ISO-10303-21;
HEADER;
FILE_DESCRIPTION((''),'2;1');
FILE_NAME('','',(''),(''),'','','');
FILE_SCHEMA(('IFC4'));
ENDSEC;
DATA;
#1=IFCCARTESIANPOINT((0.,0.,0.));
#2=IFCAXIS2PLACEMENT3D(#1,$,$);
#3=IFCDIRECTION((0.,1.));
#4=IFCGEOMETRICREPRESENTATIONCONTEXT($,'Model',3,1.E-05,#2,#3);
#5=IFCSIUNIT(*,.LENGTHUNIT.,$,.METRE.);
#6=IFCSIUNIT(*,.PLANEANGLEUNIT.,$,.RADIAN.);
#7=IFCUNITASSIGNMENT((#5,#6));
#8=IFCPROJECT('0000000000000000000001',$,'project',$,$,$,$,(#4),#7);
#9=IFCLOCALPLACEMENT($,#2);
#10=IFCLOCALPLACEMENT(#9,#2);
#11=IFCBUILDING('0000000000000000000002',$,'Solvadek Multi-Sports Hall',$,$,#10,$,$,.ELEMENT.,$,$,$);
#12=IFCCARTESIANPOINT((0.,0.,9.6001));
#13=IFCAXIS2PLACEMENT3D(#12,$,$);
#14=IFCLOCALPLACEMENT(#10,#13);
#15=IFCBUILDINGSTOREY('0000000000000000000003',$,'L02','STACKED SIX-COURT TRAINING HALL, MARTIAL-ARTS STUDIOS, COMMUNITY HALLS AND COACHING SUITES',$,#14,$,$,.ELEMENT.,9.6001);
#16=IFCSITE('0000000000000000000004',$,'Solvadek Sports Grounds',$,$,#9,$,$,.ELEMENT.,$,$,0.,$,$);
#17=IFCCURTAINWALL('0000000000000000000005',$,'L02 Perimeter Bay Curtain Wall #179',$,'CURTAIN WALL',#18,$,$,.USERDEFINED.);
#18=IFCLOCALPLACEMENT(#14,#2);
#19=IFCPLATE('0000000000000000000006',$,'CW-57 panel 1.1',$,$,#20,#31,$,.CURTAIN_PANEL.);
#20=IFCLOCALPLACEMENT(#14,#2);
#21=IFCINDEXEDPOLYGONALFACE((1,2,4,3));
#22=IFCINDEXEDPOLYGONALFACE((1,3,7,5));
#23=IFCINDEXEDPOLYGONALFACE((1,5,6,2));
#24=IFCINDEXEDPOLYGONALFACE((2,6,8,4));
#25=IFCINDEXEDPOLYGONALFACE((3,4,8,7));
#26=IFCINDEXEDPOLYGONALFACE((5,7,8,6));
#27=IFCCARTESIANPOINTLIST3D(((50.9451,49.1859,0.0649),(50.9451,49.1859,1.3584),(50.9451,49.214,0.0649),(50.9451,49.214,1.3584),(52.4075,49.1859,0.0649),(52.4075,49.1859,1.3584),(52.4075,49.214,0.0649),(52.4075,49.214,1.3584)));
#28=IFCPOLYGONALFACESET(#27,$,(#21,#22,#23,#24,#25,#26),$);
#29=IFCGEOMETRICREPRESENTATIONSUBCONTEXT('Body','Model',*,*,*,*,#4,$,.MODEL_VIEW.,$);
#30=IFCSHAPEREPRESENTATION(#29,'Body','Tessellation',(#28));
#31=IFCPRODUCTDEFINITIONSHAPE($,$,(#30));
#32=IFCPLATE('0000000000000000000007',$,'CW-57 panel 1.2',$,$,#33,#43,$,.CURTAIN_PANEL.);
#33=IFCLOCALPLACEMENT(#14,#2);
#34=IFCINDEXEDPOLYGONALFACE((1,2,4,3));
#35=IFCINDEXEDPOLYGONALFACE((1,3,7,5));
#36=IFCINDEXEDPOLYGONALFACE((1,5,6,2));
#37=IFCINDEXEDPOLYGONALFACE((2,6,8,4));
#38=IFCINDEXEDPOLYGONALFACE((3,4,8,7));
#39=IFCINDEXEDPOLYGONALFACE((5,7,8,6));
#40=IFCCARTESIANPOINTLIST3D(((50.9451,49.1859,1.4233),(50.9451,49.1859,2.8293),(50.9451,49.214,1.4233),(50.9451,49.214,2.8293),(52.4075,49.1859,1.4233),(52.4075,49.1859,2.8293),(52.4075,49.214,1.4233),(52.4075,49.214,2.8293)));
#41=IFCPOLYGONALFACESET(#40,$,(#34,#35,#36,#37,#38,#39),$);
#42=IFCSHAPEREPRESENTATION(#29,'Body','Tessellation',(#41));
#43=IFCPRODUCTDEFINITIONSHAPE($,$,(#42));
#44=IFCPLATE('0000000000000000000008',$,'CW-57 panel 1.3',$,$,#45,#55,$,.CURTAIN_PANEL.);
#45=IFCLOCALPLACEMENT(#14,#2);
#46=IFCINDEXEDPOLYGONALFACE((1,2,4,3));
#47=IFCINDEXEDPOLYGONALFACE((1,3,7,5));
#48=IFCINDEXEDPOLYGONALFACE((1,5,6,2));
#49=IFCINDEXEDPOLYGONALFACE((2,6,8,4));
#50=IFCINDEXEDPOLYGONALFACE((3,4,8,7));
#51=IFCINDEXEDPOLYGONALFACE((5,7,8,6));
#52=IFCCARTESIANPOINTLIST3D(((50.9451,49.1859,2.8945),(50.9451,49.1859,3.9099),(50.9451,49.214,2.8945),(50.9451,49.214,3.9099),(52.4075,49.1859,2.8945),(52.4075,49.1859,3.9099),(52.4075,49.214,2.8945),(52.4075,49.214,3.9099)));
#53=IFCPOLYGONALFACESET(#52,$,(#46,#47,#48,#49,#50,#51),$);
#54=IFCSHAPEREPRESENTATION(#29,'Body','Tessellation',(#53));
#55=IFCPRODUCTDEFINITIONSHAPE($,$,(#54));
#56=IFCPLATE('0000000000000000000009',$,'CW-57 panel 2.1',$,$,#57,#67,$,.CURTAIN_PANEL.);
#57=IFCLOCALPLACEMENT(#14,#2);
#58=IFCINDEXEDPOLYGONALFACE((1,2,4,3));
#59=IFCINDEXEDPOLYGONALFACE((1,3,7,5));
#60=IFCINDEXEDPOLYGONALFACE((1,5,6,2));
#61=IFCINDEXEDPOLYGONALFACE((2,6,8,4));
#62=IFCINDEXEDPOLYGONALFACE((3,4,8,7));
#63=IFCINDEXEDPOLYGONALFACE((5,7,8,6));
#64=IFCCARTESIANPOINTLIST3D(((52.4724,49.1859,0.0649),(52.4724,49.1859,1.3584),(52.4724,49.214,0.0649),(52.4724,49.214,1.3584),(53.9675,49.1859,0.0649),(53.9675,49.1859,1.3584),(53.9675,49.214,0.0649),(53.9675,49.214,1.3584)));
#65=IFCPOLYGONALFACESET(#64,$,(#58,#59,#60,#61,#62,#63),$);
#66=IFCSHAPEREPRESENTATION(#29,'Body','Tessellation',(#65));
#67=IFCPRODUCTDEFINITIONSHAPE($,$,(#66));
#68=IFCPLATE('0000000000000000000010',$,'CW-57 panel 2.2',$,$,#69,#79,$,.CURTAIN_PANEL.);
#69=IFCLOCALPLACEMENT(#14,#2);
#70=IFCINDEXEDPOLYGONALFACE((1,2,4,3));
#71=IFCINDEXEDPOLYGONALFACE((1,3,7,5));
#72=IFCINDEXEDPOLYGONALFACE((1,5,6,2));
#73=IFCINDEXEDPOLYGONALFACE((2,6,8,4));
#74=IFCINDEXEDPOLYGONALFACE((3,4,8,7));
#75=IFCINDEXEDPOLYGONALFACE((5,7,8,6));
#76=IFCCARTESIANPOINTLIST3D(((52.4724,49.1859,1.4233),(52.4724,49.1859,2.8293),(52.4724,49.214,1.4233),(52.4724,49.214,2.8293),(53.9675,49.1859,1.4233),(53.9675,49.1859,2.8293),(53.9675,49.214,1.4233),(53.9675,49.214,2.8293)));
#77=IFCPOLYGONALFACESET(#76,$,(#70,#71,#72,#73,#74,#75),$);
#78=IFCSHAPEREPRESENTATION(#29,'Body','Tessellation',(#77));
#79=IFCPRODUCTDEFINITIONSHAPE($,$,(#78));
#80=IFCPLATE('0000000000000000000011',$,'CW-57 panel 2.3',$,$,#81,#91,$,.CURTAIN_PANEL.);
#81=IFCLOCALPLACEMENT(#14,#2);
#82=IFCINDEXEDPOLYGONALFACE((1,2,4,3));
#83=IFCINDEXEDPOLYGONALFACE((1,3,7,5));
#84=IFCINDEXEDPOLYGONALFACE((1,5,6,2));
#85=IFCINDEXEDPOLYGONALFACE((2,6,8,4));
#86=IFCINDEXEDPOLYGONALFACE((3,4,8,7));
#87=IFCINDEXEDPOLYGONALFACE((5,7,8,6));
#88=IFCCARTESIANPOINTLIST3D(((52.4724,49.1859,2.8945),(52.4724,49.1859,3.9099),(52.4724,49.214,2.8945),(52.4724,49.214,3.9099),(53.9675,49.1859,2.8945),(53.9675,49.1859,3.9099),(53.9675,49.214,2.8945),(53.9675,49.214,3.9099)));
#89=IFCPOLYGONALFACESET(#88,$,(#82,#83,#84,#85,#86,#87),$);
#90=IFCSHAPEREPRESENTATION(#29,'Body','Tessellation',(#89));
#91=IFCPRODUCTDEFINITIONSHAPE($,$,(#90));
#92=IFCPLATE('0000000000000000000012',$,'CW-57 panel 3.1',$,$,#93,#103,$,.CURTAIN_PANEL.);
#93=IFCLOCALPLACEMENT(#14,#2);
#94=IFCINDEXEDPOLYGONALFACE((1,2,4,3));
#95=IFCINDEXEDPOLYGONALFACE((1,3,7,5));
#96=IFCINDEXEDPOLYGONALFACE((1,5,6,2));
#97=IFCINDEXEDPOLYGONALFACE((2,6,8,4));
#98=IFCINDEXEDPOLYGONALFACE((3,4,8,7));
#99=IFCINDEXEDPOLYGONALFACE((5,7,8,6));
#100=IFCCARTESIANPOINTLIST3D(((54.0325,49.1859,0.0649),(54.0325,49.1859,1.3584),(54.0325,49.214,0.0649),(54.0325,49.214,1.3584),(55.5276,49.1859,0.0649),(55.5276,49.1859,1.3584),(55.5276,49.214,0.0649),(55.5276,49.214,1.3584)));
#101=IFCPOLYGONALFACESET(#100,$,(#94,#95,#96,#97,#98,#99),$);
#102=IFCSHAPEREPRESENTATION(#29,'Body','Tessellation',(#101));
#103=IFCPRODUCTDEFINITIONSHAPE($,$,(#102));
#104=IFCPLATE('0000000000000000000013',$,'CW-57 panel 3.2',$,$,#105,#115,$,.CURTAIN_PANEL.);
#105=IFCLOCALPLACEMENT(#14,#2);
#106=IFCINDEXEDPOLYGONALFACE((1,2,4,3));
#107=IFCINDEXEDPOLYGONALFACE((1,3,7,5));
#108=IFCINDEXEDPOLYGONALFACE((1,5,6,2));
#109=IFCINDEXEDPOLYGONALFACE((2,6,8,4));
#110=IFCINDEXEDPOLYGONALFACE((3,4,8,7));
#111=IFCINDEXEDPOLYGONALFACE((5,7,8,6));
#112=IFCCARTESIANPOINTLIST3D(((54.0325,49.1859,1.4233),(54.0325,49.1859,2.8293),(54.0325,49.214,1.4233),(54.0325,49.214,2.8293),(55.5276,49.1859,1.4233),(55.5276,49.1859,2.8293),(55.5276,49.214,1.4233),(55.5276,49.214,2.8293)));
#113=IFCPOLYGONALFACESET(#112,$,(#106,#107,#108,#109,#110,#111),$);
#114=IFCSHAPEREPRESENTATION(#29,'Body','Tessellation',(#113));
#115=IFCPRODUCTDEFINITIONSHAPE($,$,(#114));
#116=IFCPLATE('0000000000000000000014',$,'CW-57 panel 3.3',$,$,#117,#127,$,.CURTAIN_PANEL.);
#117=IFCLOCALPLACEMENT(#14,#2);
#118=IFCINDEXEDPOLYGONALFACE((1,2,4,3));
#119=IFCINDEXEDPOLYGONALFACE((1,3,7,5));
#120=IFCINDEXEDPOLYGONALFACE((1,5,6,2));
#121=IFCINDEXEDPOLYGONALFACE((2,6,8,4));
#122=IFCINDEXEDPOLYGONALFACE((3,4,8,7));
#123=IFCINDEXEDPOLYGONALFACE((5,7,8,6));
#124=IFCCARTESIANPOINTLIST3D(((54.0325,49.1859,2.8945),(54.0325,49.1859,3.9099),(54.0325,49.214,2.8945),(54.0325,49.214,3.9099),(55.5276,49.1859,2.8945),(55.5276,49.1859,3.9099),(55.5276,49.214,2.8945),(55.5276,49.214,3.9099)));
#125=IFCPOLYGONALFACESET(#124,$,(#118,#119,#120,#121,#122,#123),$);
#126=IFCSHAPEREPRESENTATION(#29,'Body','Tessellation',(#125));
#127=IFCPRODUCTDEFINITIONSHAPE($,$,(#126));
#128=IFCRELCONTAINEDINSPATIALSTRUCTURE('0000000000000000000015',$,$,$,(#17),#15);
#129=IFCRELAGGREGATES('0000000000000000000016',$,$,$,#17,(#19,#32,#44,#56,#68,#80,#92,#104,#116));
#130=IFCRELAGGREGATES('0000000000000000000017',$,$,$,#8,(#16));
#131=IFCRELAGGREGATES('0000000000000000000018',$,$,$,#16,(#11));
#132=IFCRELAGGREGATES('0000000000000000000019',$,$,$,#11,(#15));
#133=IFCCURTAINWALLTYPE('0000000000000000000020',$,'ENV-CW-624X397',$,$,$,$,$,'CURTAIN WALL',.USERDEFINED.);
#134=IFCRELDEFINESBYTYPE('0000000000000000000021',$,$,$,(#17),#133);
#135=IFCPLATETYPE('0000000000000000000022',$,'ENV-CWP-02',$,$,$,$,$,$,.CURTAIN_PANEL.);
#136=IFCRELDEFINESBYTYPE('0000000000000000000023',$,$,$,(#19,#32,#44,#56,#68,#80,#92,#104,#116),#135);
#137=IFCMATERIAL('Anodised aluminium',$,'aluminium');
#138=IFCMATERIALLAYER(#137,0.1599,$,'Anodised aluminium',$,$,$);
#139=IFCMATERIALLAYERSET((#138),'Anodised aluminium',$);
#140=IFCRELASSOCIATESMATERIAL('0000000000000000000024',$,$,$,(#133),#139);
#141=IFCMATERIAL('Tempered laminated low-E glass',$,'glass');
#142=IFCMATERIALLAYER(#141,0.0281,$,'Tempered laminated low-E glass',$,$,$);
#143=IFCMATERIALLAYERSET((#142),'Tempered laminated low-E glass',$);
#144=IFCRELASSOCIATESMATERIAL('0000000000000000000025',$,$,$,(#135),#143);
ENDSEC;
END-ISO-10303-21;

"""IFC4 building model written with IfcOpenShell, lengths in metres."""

from ifc_helpers import new_model, si_unit, direction, frame, origin, origin_2d, place, context, subcontext, project, spatial, rectangle, extrude, material, layer, layer_set, type_object, element, aggregate, save


model = new_model("IFC4")

# Units and contexts
model_context = context("Model", 3, precision=1e-05, world=origin(), true_north=direction((0.0, 1.0)))
body_context = subcontext(model_context, "Body", "Model", "MODEL_VIEW")
ifc_project = project(units=[si_unit("LENGTHUNIT", "METRE"), si_unit("PLANEANGLEUNIT", "RADIAN")], contexts=[model_context])

# Site, building, storey
site_placement = place(None, origin())
site = spatial("IfcSite", under=ifc_project, at=site_placement, Name="Solvadek Sports Grounds", CompositionType="ELEMENT", RefElevation=0.0)
building_placement = place(site_placement, origin())
building = spatial("IfcBuilding", under=site, at=building_placement, Name="Solvadek Multi-Sports Hall", CompositionType="ELEMENT")
storey_placement = place(building_placement, frame((0.0, 0.0, 9.6001)))
storey = spatial("IfcBuildingStorey", under=building, at=storey_placement, Name="L02", Description="STACKED SIX-COURT TRAINING HALL, MARTIAL-ARTS STUDIOS, COMMUNITY HALLS AND COACHING SUITES", CompositionType="ELEMENT", Elevation=9.6001)

# Shared definitions
ifc_material_1 = material(Name="Anodised aluminium", Category="aluminium")

# Curtain wall
ifc_layer_1 = layer(ifc_material_1, 0.1599, Name="Anodised aluminium")
ifc_layer_set_1 = layer_set([ifc_layer_1], Name="Anodised aluminium")
curtain_wall_type_1 = type_object("IfcCurtainWallType", Name="ENV-CW-624X397", ElementType="CURTAIN WALL", PredefinedType="USERDEFINED", material=ifc_layer_set_1)
curtain_wall_1_placement = place(storey_placement, origin())
curtain_wall_1 = element("IfcCurtainWall", 1, at=curtain_wall_1_placement, inside=storey, type_object=curtain_wall_type_1, Name="L02 Perimeter Bay Curtain Wall #179", ObjectType="CURTAIN WALL", PredefinedType="USERDEFINED")

# Plates
ifc_material_2 = material(Name="Tempered laminated low-E glass", Category="glass")
ifc_layer_2 = layer(ifc_material_2, 0.0281, Name="Tempered laminated low-E glass")
ifc_layer_set_2 = layer_set([ifc_layer_2], Name="Tempered laminated low-E glass")
plate_type = type_object("IfcPlateType", Name="ENV-CWP-02", PredefinedType="CURTAIN_PANEL", material=ifc_layer_set_2)
plate_1_placement = place(storey_placement, frame((51.6763, 49.2, 0.0649), z_axis=(0.0, 0.0, 1.0), x_axis=(1.0, 0.0, 0.0)))
plate_1 = element("IfcPlate", 2, at=plate_1_placement, type_object=plate_type, Name="CW-57 panel 1.1", PredefinedType="CURTAIN_PANEL", context=body_context, shape_type="SweptSolid", body=[
    extrude(rectangle(XDim=1.4624, YDim=0.0281, at=origin_2d()), origin(), (0.0, 0.0, 1.0), 1.2935),
])
plate_2_placement = place(storey_placement, frame((51.6763, 49.2, 1.4233), z_axis=(0.0, 0.0, 1.0), x_axis=(1.0, 0.0, 0.0)))
plate_2 = element("IfcPlate", 3, at=plate_2_placement, type_object=plate_type, Name="CW-57 panel 1.2", PredefinedType="CURTAIN_PANEL", context=body_context, shape_type="SweptSolid", body=[
    extrude(rectangle(XDim=1.4624, YDim=0.0281, at=origin_2d()), origin(), (0.0, 0.0, 1.0), 1.406),
])
plate_3_placement = place(storey_placement, frame((51.6763, 49.2, 2.8945), z_axis=(0.0, 0.0, 1.0), x_axis=(1.0, 0.0, 0.0)))
plate_3 = element("IfcPlate", 4, at=plate_3_placement, type_object=plate_type, Name="CW-57 panel 1.3", PredefinedType="CURTAIN_PANEL", context=body_context, shape_type="SweptSolid", body=[
    extrude(rectangle(XDim=1.4624, YDim=0.0281, at=origin_2d()), origin(), (0.0, 0.0, 1.0), 1.0154),
])
plate_4_placement = place(storey_placement, frame((53.22, 49.2, 0.0649), z_axis=(0.0, 0.0, 1.0), x_axis=(1.0, 0.0, 0.0)))
plate_4 = element("IfcPlate", 5, at=plate_4_placement, type_object=plate_type, Name="CW-57 panel 2.1", PredefinedType="CURTAIN_PANEL", context=body_context, shape_type="SweptSolid", body=[
    extrude(rectangle(XDim=1.4951, YDim=0.0281, at=origin_2d()), origin(), (0.0, 0.0, 1.0), 1.2935),
])
plate_5_placement = place(storey_placement, frame((53.22, 49.2, 1.4233), z_axis=(0.0, 0.0, 1.0), x_axis=(1.0, 0.0, 0.0)))
plate_5 = element("IfcPlate", 6, at=plate_5_placement, type_object=plate_type, Name="CW-57 panel 2.2", PredefinedType="CURTAIN_PANEL", context=body_context, shape_type="SweptSolid", body=[
    extrude(rectangle(XDim=1.4951, YDim=0.0281, at=origin_2d()), origin(), (0.0, 0.0, 1.0), 1.406),
])
plate_6_placement = place(storey_placement, frame((53.22, 49.2, 2.8945), z_axis=(0.0, 0.0, 1.0), x_axis=(1.0, 0.0, 0.0)))
plate_6 = element("IfcPlate", 7, at=plate_6_placement, type_object=plate_type, Name="CW-57 panel 2.3", PredefinedType="CURTAIN_PANEL", context=body_context, shape_type="SweptSolid", body=[
    extrude(rectangle(XDim=1.4951, YDim=0.0281, at=origin_2d()), origin(), (0.0, 0.0, 1.0), 1.0154),
])
plate_7_placement = place(storey_placement, frame((54.78, 49.2, 0.0649), z_axis=(0.0, 0.0, 1.0), x_axis=(1.0, 0.0, 0.0)))
plate_7 = element("IfcPlate", 8, at=plate_7_placement, type_object=plate_type, Name="CW-57 panel 3.1", PredefinedType="CURTAIN_PANEL", context=body_context, shape_type="SweptSolid", body=[
    extrude(rectangle(XDim=1.4951, YDim=0.0281, at=origin_2d()), origin(), (0.0, 0.0, 1.0), 1.2935),
])
plate_8_placement = place(storey_placement, frame((54.78, 49.2, 1.4233), z_axis=(0.0, 0.0, 1.0), x_axis=(1.0, 0.0, 0.0)))
plate_8 = element("IfcPlate", 9, at=plate_8_placement, type_object=plate_type, Name="CW-57 panel 3.2", PredefinedType="CURTAIN_PANEL", context=body_context, shape_type="SweptSolid", body=[
    extrude(rectangle(XDim=1.4951, YDim=0.0281, at=origin_2d()), origin(), (0.0, 0.0, 1.0), 1.406),
])
plate_9_placement = place(storey_placement, frame((54.78, 49.2, 2.8945), z_axis=(0.0, 0.0, 1.0), x_axis=(1.0, 0.0, 0.0)))
plate_9 = element("IfcPlate", 10, at=plate_9_placement, type_object=plate_type, Name="CW-57 panel 3.3", PredefinedType="CURTAIN_PANEL", context=body_context, shape_type="SweptSolid", body=[
    extrude(rectangle(XDim=1.4951, YDim=0.0281, at=origin_2d()), origin(), (0.0, 0.0, 1.0), 1.0154),
])
aggregate(curtain_wall_1, [plate_1, plate_2, plate_3, plate_4, plate_5, plate_6, plate_7, plate_8, plate_9])

save(model, "model.ifc")
